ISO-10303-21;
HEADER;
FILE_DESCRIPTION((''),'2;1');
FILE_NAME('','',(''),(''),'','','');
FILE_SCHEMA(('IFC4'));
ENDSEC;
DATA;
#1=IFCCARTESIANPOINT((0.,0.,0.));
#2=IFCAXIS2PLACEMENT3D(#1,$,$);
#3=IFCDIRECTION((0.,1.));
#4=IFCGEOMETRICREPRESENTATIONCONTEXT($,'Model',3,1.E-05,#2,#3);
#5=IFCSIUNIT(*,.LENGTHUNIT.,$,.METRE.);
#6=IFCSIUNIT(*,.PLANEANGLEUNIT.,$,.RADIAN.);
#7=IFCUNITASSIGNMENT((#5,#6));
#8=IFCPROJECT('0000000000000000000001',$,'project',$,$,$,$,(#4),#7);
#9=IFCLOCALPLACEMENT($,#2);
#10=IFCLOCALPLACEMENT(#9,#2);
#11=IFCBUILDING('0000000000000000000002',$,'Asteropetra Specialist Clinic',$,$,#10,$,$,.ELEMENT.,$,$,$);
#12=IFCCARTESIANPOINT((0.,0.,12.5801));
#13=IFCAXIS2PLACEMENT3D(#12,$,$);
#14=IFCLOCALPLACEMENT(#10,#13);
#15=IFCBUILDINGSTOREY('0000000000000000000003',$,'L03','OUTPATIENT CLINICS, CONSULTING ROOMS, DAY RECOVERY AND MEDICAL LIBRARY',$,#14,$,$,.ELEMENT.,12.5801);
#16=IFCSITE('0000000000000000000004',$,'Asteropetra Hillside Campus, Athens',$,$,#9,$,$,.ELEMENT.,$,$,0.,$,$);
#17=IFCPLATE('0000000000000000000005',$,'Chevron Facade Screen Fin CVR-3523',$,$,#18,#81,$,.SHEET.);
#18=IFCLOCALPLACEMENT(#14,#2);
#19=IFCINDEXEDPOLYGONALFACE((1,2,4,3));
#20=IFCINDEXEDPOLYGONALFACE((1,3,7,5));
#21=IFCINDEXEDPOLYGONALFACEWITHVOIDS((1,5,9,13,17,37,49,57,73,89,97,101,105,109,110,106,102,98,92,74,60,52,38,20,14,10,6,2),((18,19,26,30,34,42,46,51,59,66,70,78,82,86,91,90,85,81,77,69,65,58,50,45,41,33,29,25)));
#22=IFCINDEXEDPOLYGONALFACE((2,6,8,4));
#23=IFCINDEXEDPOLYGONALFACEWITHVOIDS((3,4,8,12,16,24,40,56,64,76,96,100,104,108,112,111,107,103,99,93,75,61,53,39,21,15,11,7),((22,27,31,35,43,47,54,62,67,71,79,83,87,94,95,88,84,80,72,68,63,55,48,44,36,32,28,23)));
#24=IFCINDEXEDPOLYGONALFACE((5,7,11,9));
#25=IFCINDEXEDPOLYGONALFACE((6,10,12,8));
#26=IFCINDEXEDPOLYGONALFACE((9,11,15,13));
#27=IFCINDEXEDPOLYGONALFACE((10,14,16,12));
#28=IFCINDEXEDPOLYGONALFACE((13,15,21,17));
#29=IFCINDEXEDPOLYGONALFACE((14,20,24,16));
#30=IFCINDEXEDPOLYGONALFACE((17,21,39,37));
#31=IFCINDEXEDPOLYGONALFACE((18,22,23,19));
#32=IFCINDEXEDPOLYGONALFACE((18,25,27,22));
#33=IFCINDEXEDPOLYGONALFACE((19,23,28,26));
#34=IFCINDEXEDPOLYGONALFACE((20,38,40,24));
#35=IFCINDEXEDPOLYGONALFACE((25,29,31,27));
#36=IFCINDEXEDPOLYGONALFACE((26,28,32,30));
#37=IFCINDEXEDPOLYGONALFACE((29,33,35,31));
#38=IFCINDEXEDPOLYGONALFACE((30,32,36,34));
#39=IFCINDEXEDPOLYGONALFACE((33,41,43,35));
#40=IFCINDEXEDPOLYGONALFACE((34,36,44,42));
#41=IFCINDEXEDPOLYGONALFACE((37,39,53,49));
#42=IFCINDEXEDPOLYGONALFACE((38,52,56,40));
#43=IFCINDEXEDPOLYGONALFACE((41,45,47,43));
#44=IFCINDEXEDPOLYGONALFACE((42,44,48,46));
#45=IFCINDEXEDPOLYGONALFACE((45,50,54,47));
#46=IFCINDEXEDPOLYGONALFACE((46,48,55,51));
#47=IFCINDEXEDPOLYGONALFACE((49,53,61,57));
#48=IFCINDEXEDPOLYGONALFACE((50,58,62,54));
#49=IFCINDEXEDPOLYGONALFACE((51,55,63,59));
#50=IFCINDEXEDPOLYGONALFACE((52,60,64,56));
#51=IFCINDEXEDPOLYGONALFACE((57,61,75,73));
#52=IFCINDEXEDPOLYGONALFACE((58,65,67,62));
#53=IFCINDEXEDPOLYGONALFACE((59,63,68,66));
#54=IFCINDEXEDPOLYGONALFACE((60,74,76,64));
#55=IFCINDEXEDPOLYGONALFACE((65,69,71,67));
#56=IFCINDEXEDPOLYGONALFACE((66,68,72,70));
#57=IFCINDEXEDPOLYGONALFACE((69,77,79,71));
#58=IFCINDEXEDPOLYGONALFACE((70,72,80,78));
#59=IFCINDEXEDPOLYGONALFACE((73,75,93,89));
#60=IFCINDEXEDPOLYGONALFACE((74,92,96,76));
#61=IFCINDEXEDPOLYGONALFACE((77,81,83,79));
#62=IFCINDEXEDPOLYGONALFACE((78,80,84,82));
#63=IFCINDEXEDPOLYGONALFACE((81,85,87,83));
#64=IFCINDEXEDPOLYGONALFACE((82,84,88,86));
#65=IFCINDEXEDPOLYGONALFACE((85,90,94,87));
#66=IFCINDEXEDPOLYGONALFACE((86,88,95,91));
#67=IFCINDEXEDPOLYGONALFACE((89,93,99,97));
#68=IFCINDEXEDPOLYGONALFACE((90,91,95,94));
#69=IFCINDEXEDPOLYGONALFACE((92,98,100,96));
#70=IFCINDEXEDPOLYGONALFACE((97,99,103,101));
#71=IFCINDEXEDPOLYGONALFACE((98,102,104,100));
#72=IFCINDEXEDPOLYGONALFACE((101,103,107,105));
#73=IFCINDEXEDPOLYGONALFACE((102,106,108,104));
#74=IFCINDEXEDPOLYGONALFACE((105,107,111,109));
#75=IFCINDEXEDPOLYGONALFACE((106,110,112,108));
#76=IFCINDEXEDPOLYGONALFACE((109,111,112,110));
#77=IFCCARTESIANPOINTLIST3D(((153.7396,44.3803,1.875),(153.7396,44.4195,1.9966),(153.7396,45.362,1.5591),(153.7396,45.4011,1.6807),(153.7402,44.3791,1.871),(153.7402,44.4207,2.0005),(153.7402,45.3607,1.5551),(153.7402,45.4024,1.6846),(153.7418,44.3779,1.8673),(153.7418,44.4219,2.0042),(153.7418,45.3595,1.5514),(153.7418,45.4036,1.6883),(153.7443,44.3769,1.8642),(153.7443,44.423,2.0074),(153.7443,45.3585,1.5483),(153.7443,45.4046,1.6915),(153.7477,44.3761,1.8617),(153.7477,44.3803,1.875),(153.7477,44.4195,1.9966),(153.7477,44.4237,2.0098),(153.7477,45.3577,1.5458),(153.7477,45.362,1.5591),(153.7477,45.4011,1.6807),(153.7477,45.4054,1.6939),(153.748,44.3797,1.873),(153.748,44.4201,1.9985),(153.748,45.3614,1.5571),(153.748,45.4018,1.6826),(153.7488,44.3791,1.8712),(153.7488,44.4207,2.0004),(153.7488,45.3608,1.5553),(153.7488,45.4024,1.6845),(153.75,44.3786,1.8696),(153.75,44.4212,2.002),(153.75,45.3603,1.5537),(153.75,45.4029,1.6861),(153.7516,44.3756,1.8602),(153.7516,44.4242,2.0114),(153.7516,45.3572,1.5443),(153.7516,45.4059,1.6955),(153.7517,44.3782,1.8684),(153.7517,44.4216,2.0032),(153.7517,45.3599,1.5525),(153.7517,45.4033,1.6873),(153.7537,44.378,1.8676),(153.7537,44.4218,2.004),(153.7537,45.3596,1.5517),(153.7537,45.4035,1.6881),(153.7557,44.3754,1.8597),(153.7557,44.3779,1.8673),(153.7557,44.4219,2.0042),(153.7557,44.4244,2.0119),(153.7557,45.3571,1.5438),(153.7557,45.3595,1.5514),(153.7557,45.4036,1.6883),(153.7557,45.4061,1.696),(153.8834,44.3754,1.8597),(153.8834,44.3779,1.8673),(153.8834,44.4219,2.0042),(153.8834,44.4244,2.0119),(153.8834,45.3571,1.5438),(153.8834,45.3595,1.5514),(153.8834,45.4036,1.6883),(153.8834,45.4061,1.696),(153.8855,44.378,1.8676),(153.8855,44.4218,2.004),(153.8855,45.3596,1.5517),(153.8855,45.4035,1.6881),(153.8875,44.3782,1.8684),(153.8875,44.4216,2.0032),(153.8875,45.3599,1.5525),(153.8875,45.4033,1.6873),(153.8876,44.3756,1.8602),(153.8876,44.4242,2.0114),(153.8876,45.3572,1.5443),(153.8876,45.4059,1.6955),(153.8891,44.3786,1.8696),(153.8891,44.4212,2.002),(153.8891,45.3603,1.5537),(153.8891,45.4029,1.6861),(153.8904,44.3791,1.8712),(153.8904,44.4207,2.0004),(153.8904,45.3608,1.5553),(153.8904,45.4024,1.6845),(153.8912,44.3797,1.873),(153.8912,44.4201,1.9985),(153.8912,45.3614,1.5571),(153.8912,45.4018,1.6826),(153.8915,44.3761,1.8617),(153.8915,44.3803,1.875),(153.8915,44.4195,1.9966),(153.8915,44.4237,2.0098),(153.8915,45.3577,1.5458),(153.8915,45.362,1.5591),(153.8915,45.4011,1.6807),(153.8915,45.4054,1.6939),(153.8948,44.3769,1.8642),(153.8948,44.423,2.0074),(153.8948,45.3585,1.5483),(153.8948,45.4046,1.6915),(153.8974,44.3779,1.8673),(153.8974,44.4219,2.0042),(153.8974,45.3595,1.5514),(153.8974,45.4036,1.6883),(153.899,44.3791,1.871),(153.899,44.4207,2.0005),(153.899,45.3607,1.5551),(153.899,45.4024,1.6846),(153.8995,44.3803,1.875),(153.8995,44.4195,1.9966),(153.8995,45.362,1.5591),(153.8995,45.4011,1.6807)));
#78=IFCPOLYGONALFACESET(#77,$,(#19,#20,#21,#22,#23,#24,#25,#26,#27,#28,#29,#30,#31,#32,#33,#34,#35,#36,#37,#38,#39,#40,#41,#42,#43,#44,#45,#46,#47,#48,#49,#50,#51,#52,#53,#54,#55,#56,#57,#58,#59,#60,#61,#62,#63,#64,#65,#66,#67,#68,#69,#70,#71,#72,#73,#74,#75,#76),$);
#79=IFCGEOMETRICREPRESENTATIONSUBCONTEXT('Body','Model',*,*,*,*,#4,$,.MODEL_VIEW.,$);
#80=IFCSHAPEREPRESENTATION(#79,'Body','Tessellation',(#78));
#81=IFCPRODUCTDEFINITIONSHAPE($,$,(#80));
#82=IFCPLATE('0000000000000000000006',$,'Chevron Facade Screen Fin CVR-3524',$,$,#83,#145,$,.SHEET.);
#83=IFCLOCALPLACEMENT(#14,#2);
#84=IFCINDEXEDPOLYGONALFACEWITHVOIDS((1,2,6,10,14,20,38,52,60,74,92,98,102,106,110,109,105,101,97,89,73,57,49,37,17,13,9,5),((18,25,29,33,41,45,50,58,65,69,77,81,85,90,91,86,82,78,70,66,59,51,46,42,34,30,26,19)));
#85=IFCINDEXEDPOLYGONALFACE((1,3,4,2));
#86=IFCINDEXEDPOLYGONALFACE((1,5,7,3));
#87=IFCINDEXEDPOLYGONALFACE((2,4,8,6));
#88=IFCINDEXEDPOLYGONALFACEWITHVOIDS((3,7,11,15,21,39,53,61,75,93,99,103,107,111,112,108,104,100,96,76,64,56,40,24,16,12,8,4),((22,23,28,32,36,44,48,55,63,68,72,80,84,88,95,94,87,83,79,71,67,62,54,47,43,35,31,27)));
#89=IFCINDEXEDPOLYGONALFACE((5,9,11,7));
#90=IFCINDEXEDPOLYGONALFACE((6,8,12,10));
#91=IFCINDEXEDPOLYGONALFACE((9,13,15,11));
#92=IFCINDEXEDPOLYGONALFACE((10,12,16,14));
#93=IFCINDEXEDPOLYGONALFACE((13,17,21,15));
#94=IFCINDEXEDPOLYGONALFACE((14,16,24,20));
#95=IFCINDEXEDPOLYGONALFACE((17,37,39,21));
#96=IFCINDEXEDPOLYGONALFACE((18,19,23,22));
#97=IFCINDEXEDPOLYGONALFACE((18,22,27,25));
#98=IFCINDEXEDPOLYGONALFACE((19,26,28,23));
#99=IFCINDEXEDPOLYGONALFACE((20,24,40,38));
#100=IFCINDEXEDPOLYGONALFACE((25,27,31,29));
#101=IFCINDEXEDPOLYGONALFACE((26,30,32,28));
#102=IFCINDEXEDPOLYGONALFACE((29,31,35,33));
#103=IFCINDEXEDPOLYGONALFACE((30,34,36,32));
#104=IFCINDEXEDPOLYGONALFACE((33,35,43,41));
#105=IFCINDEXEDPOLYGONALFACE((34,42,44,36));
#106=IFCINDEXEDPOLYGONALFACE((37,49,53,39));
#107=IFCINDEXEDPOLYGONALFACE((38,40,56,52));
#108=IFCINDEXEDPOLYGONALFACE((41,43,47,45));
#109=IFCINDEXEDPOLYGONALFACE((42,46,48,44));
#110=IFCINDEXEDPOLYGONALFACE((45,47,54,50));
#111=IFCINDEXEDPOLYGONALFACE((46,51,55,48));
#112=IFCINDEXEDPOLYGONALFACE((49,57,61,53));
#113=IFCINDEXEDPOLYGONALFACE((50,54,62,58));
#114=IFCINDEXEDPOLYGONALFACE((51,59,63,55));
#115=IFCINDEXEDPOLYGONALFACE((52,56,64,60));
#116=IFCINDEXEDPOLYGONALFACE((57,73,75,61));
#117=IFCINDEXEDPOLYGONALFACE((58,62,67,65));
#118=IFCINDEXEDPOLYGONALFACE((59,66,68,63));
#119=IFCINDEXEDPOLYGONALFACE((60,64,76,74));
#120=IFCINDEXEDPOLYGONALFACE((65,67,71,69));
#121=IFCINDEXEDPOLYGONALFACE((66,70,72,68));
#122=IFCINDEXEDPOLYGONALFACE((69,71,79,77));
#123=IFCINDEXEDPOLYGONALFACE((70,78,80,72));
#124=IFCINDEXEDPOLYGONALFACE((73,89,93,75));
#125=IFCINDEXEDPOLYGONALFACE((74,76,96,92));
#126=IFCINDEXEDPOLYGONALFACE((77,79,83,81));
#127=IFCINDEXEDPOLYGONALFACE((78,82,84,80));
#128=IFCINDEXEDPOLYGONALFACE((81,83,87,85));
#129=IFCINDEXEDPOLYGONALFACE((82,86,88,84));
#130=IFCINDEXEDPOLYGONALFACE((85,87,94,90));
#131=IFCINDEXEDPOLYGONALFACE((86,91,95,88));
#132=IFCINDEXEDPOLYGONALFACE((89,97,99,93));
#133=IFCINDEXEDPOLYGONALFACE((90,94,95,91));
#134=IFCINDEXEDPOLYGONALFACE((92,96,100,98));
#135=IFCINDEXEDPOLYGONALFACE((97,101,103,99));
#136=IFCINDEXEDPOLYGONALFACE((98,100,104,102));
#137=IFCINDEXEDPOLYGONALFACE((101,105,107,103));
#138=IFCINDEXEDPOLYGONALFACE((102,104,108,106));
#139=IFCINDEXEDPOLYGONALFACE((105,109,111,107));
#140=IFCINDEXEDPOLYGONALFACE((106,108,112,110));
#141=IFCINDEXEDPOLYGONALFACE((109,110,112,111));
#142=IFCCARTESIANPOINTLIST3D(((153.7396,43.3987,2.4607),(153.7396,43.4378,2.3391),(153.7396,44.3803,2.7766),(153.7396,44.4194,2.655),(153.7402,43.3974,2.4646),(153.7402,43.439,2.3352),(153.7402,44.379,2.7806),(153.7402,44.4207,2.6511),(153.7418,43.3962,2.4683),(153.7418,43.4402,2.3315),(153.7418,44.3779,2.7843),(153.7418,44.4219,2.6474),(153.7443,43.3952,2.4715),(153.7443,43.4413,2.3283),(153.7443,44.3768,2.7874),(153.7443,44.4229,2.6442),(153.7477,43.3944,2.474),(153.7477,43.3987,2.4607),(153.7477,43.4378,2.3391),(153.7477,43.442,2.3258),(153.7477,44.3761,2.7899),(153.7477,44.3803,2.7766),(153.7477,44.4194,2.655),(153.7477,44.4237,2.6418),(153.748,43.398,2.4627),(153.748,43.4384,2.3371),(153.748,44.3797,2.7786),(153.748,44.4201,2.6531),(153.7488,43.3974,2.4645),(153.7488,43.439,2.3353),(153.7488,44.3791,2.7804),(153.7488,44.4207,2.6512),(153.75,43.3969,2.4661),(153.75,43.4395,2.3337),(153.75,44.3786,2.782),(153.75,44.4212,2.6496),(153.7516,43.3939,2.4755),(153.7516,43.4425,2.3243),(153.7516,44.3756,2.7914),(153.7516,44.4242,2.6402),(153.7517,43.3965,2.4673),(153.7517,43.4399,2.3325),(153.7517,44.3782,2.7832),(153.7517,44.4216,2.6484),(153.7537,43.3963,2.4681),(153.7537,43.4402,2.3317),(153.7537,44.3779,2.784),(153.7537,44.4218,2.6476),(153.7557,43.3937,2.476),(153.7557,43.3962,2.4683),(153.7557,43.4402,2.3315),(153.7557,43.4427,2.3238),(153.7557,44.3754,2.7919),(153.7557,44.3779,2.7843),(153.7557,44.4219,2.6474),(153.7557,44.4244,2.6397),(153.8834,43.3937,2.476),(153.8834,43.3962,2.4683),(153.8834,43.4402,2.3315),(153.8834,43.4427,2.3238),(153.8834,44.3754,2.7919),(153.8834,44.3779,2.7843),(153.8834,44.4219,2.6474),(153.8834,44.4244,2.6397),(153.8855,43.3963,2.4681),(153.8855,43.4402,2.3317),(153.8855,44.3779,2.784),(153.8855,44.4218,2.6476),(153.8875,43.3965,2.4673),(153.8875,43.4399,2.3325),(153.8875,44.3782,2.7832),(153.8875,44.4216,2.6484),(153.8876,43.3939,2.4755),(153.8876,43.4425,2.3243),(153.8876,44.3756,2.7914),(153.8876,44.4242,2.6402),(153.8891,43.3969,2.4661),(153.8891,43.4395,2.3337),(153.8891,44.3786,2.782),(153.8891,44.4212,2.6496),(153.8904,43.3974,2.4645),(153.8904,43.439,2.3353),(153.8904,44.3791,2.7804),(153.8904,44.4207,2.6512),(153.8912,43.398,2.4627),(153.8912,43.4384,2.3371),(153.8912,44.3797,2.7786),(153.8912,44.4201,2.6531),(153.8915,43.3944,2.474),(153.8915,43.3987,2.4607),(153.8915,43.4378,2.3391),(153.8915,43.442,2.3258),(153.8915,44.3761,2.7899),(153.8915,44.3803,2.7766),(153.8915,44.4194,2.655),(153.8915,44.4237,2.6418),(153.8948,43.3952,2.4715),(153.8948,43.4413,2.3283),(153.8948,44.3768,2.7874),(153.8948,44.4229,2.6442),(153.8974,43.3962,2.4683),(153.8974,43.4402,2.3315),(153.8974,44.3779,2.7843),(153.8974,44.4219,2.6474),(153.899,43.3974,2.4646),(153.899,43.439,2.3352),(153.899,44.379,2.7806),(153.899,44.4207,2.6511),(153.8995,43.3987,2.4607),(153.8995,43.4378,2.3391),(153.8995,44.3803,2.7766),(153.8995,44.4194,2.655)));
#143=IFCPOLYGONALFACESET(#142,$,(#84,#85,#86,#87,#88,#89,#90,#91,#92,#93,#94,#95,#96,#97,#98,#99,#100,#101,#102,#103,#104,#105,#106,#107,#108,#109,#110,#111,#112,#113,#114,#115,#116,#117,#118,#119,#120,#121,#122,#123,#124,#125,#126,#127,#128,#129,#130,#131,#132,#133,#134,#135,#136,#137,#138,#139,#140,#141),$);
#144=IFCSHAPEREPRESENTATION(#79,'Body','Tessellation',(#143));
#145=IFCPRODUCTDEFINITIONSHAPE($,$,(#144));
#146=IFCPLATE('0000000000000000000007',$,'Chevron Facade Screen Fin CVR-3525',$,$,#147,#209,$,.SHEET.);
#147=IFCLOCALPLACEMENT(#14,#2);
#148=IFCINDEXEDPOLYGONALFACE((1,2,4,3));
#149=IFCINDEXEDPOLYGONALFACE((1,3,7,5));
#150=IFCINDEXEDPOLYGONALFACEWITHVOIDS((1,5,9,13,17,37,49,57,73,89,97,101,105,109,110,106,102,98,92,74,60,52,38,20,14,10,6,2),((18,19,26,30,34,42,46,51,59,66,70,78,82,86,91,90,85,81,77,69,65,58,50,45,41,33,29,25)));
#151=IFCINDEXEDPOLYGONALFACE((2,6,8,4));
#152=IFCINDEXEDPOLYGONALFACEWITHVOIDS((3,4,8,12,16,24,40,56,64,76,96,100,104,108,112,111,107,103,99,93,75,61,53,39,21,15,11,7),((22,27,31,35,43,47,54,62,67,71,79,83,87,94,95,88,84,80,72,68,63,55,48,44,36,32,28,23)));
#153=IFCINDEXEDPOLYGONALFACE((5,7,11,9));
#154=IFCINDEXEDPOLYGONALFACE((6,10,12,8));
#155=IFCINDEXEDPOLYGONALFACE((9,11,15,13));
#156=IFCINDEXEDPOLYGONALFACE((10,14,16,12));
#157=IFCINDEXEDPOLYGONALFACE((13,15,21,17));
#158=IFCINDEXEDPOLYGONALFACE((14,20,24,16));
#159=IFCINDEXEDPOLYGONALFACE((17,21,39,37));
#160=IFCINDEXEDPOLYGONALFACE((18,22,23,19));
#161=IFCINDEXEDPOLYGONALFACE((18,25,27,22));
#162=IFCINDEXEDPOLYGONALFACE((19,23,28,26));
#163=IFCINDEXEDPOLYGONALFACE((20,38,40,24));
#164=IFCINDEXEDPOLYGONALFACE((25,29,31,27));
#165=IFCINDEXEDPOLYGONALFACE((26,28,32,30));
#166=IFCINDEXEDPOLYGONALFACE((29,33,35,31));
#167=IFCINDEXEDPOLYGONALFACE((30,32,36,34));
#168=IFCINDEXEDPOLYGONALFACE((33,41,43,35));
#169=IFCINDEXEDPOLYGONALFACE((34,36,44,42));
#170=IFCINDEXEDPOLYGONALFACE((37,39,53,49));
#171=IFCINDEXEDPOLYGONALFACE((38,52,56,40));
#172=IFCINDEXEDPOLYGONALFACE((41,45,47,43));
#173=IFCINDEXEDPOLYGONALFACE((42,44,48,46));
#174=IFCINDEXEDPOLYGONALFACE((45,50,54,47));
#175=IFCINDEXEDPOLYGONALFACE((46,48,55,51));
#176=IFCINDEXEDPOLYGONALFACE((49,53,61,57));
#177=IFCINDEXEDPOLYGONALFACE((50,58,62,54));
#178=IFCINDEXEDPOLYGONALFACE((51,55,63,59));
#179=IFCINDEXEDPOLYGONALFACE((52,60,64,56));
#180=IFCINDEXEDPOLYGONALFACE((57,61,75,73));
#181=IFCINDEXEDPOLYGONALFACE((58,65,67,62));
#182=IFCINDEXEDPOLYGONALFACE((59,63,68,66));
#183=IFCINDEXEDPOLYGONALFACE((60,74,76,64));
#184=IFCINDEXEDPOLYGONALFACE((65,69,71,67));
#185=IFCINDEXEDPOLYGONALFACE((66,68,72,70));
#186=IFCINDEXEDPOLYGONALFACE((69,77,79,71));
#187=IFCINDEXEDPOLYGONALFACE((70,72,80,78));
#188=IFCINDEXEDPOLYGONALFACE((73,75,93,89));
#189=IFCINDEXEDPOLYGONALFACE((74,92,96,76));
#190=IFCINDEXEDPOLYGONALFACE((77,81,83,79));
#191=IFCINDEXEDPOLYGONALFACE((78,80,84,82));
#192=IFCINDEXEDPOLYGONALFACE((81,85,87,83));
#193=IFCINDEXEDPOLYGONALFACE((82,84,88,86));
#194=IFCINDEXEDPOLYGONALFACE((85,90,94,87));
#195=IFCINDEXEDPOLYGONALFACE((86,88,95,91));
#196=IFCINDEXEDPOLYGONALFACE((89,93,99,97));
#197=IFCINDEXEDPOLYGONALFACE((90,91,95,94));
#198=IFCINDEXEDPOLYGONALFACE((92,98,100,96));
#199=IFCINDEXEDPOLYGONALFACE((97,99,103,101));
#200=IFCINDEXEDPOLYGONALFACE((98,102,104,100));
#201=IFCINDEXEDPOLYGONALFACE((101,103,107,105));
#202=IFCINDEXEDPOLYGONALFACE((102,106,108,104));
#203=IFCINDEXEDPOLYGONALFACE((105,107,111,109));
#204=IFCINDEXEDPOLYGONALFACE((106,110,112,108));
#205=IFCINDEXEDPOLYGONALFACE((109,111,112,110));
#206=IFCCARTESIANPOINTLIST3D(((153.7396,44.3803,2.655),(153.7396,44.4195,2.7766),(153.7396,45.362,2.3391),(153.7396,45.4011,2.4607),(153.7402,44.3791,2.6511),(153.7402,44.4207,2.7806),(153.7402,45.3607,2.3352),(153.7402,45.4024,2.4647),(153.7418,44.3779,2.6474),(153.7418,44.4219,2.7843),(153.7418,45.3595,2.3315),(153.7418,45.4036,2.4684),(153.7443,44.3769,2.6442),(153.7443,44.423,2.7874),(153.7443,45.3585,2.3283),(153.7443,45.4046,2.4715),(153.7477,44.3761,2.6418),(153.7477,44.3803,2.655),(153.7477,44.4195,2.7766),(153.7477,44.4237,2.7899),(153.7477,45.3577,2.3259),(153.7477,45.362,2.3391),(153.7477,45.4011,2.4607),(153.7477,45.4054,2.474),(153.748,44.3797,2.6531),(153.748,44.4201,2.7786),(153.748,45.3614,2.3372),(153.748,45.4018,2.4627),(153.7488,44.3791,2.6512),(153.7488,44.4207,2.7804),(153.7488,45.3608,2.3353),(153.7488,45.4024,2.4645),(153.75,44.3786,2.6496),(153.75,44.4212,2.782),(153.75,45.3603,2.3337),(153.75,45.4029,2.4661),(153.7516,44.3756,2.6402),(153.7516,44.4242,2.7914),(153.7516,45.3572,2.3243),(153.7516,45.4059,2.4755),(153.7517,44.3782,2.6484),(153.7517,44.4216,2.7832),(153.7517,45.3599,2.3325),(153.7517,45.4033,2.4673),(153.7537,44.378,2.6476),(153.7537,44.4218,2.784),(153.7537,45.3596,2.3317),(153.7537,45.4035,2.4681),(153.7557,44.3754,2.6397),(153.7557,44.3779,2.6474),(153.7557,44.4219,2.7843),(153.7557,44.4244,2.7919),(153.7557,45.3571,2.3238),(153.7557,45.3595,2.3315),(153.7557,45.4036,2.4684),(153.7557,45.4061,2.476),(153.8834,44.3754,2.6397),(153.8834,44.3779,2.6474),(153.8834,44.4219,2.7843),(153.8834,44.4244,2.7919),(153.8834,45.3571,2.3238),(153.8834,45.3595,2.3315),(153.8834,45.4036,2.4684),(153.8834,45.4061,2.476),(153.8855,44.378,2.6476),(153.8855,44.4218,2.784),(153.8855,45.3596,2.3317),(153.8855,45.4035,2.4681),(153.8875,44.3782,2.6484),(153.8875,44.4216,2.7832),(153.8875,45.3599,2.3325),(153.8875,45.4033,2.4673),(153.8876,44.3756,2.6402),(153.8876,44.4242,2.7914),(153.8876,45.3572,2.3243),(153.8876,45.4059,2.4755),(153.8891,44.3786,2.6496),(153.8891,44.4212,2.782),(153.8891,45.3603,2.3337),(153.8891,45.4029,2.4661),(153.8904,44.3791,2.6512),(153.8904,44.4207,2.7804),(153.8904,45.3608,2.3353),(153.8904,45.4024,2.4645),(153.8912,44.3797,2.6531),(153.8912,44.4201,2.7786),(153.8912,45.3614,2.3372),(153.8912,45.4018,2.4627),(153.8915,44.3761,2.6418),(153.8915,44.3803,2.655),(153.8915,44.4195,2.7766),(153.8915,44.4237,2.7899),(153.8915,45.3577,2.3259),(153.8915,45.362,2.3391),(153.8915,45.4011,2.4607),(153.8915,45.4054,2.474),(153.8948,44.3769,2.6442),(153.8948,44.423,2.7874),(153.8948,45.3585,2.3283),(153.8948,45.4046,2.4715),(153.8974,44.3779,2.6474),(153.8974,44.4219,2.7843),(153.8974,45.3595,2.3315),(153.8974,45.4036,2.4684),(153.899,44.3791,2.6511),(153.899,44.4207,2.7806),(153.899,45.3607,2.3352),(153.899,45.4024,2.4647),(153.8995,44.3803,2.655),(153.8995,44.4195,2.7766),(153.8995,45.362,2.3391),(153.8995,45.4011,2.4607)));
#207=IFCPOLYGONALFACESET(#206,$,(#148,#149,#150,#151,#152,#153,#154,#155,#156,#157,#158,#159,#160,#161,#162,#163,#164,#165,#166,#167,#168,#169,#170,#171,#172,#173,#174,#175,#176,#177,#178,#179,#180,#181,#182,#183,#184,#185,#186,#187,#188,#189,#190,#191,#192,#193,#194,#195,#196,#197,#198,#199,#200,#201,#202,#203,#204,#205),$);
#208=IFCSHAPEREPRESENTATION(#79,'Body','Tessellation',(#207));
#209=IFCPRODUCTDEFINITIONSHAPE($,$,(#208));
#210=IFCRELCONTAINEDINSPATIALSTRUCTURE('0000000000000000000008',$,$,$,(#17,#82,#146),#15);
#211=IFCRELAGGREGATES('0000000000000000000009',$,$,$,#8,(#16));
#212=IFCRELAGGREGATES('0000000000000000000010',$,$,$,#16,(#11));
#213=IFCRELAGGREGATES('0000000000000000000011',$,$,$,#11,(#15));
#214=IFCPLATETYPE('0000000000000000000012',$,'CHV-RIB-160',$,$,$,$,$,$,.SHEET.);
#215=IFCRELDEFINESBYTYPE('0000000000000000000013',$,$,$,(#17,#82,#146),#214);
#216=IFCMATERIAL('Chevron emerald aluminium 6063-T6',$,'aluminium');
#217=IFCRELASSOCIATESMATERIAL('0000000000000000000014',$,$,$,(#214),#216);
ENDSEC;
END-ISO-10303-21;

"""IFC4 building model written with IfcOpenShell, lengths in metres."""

from ifc_helpers import new_model, si_unit, direction, frame, origin, origin_2d, place, context, subcontext, project, spatial, hollow_rectangle, extrude, material, material_profile, profile_set, type_object, element, save


model = new_model("IFC4")

# Units and contexts
model_context = context("Model", 3, precision=1e-05, world=origin(), true_north=direction((0.0, 1.0)))
body_context = subcontext(model_context, "Body", "Model", "MODEL_VIEW")
ifc_project = project(units=[si_unit("LENGTHUNIT", "METRE"), si_unit("PLANEANGLEUNIT", "RADIAN")], contexts=[model_context])

# Site, building, storey
site_placement = place(None, origin())
site = spatial("IfcSite", under=ifc_project, at=site_placement, Name="Asteropetra Hillside Campus, Athens", CompositionType="ELEMENT", RefElevation=0.0)
building_placement = place(site_placement, origin())
building = spatial("IfcBuilding", under=site, at=building_placement, Name="Asteropetra Specialist Clinic", CompositionType="ELEMENT")
storey_placement = place(building_placement, frame((0.0, 0.0, 12.5801)))
storey = spatial("IfcBuildingStorey", under=building, at=storey_placement, Name="L03", Description="OUTPATIENT CLINICS, CONSULTING ROOMS, DAY RECOVERY AND MEDICAL LIBRARY", CompositionType="ELEMENT", Elevation=12.5801)

# Plates
ifc_material_1 = material(Name="Chevron emerald aluminium 6063-T6", Category="aluminium")
ifc_material_profile = material_profile(ifc_material_1, hollow_rectangle(XDim=0.1599, YDim=0.1599, WallThickness=0.0081, InnerFilletRadius=0.0081, OuterFilletRadius=0.0161, at=origin_2d()), Name="SHS 160x160x8.0")
ifc_profile_set = profile_set([ifc_material_profile], Name="Chevron emerald aluminium 6063-T6")
plate_type_1 = type_object("IfcPlateType", Name="CHV-RIB-160", PredefinedType="SHEET", material=ifc_profile_set)
for number, where, z_axis, x_axis, name in (
    (1, (153.8196, 44.3999, 1.9358), (0.0, 0.951923, -0.306339), (-1.0, 0.0, 0.0), "Chevron Facade Screen Fin CVR-3523"),
    (2, (153.8196, 43.4182, 2.3999), (0.0, 0.951923, 0.306339), (-1.0, 0.0, 0.0), "Chevron Facade Screen Fin CVR-3524"),
    (3, (153.8196, 44.3999, 2.7158), (0.0, 0.951923, -0.306339), (-1.0, 0.0, 0.0), "Chevron Facade Screen Fin CVR-3525"),
):
    element("IfcPlate", number, at=place(storey_placement, frame(where, z_axis=z_axis, x_axis=x_axis)), inside=storey, type_object=plate_type_1, Name=name, PredefinedType="SHEET", context=body_context, shape_type="SweptSolid", body=[
        extrude(hollow_rectangle(XDim=0.1599, YDim=0.1599, WallThickness=0.0081, InnerFilletRadius=0.0081, OuterFilletRadius=0.0161, at=origin_2d()), origin(), (0.0, 0.0, 1.0), 1.0312),
    ])

save(model, "model.ifc")
